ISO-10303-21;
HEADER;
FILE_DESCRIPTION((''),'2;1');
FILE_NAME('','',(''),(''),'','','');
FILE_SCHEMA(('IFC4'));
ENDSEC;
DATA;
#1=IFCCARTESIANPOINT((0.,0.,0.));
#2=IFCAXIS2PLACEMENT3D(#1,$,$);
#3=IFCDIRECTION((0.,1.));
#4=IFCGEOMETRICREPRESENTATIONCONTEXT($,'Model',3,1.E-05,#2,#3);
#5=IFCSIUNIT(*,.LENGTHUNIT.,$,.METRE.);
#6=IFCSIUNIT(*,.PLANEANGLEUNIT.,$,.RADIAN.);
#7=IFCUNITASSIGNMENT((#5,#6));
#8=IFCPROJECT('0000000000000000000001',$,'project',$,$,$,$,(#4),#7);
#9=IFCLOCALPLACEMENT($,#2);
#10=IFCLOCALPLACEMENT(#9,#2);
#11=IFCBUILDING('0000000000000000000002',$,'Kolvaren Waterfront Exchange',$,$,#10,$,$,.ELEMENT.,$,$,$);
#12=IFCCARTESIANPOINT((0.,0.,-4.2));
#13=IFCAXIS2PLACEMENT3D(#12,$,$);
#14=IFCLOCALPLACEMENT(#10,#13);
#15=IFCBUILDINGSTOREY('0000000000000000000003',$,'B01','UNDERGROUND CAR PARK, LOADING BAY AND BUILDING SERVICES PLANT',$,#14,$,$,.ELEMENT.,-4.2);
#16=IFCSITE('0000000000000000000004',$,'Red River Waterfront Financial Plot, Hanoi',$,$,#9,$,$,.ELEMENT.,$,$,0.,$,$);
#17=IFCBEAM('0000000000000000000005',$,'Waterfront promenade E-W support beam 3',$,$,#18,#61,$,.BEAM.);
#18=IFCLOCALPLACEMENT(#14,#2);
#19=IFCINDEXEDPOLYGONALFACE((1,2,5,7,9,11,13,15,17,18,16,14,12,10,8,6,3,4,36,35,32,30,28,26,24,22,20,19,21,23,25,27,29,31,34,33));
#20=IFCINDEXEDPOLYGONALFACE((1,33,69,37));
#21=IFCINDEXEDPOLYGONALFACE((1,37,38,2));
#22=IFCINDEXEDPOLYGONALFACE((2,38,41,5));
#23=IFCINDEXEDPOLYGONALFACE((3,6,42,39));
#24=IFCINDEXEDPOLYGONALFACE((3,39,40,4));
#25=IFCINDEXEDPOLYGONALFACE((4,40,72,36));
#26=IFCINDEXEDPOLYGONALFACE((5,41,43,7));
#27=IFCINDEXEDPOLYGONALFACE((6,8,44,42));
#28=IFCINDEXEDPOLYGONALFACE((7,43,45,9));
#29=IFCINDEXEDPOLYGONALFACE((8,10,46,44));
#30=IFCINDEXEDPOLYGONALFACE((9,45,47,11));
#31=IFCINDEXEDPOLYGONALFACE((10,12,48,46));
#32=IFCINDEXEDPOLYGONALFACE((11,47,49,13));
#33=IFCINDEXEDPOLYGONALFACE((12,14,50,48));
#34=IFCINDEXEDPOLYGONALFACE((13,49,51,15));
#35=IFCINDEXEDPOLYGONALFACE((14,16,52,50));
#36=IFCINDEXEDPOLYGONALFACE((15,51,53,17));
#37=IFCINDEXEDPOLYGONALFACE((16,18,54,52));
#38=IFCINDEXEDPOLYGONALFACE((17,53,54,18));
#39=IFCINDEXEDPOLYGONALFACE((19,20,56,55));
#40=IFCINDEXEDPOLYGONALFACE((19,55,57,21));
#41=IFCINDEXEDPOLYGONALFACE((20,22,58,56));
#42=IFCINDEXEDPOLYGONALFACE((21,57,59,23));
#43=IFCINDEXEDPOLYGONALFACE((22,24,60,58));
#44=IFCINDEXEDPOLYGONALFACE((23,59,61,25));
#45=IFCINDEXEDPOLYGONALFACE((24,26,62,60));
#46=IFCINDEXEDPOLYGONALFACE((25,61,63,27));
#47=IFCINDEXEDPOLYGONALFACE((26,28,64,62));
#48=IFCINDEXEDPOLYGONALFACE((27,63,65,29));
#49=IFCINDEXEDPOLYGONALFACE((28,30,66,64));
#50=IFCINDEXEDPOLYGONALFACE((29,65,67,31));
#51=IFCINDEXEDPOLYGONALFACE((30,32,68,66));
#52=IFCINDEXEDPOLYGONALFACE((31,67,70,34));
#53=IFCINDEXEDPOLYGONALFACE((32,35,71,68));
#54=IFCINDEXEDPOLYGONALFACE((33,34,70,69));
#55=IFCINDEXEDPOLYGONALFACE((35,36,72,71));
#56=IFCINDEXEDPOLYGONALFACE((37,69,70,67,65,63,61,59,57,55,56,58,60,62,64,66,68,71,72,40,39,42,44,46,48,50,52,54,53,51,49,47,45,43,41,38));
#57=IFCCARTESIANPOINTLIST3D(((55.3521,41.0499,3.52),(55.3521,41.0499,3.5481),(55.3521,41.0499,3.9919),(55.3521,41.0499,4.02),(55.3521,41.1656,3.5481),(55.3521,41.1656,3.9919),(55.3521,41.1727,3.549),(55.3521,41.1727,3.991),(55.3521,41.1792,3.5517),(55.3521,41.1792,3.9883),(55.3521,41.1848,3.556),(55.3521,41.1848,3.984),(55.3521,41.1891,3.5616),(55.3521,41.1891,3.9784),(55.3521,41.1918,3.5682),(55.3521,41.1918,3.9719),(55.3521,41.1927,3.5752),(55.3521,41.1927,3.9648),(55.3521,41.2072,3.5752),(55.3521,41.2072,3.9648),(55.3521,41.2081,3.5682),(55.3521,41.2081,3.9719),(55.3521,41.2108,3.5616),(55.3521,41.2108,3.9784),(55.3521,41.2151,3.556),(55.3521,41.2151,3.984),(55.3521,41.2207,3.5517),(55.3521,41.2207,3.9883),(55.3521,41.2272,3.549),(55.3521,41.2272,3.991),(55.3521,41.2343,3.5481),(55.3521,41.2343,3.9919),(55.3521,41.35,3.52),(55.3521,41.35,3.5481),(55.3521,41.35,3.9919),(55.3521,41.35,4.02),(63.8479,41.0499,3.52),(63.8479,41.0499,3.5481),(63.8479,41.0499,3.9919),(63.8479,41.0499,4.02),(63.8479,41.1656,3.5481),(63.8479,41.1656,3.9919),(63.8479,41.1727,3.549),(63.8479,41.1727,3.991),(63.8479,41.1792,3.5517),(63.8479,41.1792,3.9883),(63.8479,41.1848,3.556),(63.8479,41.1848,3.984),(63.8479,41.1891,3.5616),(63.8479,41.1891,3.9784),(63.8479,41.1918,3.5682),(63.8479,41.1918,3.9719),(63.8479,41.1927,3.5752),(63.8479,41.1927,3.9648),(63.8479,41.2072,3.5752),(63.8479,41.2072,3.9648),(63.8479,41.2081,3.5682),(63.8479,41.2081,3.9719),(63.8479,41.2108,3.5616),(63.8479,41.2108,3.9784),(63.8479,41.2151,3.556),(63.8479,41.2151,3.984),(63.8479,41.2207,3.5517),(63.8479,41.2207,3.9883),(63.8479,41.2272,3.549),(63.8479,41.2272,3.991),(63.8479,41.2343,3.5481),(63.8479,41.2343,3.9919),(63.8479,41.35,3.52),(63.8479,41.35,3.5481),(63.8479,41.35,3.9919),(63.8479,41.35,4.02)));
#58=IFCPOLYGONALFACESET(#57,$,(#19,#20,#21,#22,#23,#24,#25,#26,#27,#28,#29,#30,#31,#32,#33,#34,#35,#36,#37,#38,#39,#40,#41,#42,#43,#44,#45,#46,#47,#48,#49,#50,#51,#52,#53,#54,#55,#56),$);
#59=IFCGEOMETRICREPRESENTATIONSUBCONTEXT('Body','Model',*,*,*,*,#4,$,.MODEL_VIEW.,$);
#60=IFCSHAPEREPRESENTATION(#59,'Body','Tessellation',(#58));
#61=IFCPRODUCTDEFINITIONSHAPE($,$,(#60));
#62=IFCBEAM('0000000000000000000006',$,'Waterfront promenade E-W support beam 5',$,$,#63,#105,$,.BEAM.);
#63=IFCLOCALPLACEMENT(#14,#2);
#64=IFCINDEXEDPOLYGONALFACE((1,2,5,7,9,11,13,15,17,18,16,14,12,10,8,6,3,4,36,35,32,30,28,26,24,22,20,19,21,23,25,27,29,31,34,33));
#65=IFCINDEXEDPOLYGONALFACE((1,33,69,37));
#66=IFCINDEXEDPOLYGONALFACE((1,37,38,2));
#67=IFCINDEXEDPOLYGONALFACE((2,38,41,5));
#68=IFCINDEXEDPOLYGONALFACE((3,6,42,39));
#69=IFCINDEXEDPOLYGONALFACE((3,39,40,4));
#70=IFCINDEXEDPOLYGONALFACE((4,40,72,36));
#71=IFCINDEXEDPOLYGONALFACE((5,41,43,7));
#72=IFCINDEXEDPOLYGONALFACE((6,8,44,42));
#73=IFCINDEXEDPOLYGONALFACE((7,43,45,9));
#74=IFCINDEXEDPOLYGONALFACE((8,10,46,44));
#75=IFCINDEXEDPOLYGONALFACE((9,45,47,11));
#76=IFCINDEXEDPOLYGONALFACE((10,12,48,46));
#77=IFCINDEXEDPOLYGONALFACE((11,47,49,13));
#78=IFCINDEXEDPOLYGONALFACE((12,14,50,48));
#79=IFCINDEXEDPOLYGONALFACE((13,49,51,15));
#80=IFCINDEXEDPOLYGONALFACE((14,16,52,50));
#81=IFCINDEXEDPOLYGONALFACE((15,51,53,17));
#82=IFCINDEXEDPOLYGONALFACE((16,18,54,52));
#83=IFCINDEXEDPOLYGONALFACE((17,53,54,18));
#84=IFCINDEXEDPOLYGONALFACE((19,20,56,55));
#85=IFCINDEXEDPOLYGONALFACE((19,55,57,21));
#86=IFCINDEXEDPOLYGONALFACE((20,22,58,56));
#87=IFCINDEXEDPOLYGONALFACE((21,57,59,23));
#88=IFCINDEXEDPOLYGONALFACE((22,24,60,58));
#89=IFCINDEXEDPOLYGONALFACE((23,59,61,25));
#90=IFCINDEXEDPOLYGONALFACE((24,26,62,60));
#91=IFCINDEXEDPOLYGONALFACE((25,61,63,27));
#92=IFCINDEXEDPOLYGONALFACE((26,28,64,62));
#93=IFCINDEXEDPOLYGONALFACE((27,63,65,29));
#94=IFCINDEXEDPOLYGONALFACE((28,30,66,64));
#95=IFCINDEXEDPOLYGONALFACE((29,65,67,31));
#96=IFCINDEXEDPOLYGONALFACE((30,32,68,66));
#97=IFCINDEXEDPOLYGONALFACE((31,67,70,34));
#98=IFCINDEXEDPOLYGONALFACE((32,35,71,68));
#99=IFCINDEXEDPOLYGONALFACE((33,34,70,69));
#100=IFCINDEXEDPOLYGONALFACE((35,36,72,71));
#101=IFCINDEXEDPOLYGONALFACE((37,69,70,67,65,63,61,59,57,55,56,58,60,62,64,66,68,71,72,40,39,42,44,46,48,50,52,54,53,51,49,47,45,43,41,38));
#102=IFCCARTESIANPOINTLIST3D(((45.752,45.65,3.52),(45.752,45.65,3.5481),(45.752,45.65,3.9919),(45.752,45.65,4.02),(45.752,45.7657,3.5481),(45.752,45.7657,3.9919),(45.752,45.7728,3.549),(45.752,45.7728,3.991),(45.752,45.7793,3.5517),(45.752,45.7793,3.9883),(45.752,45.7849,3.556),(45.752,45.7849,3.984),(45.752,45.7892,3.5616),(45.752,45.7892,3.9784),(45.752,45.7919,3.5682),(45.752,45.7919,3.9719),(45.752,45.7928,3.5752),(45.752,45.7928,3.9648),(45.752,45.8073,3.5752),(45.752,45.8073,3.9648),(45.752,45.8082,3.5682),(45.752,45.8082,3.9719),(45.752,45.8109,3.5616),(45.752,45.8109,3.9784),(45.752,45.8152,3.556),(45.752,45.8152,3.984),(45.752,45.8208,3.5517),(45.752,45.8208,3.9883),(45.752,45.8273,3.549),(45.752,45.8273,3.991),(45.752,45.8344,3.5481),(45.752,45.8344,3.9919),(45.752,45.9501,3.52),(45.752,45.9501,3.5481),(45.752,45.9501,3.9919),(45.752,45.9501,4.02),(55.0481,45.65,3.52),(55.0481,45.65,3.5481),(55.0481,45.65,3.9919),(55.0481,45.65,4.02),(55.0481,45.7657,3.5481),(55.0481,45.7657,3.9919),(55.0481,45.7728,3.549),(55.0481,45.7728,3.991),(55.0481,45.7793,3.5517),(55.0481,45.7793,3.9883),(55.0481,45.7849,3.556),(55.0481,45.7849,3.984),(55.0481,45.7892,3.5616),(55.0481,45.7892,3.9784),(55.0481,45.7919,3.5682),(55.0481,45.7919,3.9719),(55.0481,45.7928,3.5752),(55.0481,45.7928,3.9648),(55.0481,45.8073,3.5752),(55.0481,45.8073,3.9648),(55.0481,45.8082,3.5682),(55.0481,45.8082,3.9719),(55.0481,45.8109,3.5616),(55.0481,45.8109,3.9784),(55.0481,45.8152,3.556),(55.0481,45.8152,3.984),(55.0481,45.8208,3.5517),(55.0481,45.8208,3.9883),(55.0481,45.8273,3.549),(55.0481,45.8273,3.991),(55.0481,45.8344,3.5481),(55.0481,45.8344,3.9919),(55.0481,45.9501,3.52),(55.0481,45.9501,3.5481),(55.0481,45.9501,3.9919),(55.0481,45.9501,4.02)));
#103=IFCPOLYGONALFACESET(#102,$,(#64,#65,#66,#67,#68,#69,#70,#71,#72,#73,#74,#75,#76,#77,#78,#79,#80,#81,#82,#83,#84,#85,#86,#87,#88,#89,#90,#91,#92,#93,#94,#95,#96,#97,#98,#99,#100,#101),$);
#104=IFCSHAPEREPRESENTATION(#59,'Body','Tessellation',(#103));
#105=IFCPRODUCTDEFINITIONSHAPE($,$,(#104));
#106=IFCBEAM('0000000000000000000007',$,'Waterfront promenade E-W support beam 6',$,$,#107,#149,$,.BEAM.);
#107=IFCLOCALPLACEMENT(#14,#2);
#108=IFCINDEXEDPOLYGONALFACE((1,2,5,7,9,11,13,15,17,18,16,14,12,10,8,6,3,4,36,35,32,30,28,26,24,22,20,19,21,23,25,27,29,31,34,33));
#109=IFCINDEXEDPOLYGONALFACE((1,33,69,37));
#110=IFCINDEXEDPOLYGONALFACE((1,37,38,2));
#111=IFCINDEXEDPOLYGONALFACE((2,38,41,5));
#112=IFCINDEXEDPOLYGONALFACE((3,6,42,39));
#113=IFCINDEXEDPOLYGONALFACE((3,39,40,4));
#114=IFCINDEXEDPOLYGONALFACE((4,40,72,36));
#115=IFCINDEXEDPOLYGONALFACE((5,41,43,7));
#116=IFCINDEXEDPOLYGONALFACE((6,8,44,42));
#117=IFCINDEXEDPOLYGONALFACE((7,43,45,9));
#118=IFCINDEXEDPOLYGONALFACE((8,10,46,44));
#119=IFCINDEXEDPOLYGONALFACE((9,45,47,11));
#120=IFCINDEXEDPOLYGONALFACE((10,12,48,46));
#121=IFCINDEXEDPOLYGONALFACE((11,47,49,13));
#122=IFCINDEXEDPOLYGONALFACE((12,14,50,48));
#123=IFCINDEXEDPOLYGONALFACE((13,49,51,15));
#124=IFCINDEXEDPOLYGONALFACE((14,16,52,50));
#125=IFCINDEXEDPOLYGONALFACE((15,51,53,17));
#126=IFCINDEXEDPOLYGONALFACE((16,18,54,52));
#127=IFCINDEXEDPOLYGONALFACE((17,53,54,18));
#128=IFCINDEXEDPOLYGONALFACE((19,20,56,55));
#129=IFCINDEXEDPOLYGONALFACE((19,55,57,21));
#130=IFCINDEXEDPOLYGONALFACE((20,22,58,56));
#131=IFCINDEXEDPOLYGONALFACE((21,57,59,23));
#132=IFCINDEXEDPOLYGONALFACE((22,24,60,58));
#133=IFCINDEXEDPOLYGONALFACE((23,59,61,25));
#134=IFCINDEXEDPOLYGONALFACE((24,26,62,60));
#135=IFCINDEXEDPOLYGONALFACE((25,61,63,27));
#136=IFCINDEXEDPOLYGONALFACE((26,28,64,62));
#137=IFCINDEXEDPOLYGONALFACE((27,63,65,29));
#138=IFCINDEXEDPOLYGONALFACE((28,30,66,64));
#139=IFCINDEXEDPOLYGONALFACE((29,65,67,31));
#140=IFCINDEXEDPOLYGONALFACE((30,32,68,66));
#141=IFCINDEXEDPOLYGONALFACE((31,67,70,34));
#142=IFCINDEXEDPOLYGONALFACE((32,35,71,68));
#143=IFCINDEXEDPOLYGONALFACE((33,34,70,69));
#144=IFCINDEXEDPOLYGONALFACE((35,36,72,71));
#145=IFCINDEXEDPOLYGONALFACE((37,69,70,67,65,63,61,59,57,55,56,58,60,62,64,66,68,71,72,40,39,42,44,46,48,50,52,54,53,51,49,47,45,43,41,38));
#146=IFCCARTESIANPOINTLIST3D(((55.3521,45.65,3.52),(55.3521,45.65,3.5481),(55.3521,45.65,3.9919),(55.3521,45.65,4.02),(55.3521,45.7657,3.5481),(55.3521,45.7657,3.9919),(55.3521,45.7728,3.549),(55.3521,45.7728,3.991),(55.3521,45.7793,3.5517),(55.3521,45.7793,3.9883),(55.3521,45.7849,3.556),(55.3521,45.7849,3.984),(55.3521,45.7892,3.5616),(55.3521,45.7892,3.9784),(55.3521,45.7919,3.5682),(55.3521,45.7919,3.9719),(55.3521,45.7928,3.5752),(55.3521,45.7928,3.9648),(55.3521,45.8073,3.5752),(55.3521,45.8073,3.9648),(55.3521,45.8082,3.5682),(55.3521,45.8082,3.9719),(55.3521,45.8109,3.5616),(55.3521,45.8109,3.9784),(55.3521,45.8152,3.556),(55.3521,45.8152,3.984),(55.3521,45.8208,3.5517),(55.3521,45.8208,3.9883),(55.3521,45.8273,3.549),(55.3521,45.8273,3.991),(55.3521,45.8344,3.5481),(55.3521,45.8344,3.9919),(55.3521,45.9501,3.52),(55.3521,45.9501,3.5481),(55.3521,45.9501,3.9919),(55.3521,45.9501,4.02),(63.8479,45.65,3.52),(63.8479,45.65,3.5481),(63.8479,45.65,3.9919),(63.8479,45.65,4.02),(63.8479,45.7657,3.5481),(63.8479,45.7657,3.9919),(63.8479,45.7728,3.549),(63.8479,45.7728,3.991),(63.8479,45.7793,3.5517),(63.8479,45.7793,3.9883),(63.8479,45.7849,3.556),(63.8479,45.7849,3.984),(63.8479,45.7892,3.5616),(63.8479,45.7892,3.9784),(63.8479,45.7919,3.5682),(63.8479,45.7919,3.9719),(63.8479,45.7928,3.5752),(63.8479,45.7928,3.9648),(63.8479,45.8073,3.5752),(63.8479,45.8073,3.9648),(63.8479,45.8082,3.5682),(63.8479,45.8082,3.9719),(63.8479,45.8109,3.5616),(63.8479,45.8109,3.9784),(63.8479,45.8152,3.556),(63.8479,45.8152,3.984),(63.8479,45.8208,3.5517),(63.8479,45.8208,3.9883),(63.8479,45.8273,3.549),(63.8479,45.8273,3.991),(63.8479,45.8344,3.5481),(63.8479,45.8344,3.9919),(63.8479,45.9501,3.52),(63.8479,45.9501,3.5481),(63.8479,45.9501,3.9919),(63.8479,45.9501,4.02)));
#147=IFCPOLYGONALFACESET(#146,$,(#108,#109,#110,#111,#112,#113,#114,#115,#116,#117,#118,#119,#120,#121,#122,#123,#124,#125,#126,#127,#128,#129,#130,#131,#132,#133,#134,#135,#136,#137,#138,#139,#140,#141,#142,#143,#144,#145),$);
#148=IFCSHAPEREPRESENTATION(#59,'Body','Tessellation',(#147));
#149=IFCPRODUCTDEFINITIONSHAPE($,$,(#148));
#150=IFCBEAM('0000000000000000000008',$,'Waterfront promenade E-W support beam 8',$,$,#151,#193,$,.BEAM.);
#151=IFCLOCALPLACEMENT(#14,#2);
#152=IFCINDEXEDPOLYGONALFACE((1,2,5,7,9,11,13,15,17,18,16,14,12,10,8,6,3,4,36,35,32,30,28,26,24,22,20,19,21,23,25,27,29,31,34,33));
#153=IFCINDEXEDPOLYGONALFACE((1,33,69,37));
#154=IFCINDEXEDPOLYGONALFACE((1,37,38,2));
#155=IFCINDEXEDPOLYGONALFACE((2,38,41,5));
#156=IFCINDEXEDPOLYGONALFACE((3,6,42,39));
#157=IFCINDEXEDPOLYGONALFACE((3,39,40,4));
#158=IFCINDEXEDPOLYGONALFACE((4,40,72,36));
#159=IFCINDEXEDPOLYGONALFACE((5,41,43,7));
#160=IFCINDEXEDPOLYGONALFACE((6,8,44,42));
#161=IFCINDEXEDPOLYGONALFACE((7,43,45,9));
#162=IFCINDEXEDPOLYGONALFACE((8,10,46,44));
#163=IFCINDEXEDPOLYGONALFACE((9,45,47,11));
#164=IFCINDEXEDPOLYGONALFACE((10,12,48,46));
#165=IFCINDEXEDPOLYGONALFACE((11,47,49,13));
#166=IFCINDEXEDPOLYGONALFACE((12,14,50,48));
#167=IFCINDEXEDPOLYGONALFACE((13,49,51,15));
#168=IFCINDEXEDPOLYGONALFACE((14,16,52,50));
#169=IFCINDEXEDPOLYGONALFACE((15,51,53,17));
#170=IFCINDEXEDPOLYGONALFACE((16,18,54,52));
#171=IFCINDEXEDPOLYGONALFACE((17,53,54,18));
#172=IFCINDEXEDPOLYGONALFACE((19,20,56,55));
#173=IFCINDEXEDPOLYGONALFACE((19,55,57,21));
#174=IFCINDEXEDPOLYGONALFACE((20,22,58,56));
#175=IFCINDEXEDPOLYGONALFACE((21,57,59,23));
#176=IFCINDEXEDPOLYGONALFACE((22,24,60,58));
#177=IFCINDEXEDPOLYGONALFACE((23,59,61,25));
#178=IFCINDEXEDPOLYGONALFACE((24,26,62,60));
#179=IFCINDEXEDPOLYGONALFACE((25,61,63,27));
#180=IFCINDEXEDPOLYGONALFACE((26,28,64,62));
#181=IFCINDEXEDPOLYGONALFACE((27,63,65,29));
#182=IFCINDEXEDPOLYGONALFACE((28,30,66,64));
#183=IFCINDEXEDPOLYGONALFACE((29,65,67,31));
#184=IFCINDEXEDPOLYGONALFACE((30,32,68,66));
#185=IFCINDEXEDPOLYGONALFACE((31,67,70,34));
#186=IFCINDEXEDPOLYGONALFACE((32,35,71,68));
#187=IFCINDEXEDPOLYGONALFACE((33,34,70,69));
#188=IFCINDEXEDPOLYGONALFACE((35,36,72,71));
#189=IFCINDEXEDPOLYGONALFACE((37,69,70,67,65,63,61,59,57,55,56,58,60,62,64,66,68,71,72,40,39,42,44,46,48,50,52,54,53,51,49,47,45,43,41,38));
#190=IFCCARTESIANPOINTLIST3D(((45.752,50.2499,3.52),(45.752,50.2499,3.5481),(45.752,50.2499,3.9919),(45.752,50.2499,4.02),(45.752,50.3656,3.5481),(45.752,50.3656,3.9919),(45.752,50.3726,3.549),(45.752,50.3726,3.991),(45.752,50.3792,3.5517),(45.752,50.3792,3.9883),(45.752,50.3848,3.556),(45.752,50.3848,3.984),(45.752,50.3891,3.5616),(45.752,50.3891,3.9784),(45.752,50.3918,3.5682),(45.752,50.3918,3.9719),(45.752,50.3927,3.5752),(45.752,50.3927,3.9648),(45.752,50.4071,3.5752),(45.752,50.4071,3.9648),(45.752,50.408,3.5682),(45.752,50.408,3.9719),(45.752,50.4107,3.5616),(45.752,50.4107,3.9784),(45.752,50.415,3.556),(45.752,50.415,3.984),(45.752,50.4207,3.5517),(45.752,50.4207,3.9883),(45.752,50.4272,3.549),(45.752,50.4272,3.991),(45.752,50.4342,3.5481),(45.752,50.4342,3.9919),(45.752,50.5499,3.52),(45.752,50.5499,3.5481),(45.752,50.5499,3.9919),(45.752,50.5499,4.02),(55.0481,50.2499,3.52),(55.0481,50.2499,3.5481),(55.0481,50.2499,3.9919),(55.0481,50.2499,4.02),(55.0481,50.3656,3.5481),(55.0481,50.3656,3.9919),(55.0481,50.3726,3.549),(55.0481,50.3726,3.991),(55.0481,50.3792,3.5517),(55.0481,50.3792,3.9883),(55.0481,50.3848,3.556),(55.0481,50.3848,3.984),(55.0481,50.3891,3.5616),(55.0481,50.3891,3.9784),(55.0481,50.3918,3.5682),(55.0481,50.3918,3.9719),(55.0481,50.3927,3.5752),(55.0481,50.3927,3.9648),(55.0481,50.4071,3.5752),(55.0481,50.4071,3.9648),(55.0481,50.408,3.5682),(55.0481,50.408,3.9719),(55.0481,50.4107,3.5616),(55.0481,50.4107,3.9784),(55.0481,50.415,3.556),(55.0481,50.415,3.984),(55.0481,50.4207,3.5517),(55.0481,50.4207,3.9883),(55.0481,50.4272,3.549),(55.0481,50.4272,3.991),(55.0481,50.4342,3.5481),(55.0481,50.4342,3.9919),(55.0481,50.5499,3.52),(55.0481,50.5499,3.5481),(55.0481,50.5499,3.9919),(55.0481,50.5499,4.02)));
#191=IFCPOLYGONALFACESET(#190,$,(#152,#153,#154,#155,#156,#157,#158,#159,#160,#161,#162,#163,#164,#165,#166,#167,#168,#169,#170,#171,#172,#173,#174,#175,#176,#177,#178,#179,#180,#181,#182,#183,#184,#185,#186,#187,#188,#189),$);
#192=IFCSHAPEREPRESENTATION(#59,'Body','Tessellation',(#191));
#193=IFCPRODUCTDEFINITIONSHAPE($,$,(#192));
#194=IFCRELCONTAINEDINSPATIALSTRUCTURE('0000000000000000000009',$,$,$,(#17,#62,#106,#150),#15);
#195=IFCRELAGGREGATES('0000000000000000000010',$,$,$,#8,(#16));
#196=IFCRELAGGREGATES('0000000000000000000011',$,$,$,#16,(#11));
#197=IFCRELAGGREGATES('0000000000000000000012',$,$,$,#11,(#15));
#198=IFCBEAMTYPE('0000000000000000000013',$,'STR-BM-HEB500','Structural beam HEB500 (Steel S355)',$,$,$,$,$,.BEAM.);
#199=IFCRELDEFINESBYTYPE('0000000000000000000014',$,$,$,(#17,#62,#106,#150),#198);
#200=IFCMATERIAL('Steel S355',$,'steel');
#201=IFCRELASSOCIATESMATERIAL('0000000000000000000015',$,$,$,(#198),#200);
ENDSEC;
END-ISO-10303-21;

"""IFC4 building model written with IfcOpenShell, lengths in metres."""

from ifc_helpers import new_model, si_unit, direction, frame, origin, origin_2d, place, context, subcontext, project, spatial, i_section, extrude, material, material_profile, profile_set, type_object, element, save


model = new_model("IFC4")

# Units and contexts
model_context = context("Model", 3, precision=1e-05, world=origin(), true_north=direction((0.0, 1.0)))
body_context = subcontext(model_context, "Body", "Model", "MODEL_VIEW")
ifc_project = project(units=[si_unit("LENGTHUNIT", "METRE"), si_unit("PLANEANGLEUNIT", "RADIAN")], contexts=[model_context])

# Site, building, storey
site_placement = place(None, origin())
site = spatial("IfcSite", under=ifc_project, at=site_placement, Name="Red River Waterfront Financial Plot, Hanoi", CompositionType="ELEMENT", RefElevation=0.0)
building_placement = place(site_placement, origin())
building = spatial("IfcBuilding", under=site, at=building_placement, Name="Kolvaren Waterfront Exchange", CompositionType="ELEMENT")
storey_placement = place(building_placement, frame((0.0, 0.0, -4.2)))
storey = spatial("IfcBuildingStorey", under=building, at=storey_placement, Name="B01", Description="UNDERGROUND CAR PARK, LOADING BAY AND BUILDING SERVICES PLANT", CompositionType="ELEMENT", Elevation=-4.2)

# Beams
ifc_material_1 = material(Name="Steel S355", Category="steel")
ifc_material_profile_1 = material_profile(ifc_material_1, i_section(OverallWidth=0.3, OverallDepth=0.5, WebThickness=0.0144, FlangeThickness=0.0281, FilletRadius=0.0271, at=origin_2d()), Name="HEB500")
ifc_profile_set_1 = profile_set([ifc_material_profile_1], Name="Steel S355")
beam_type_1 = type_object("IfcBeamType", Name="STR-BM-HEB500", Description="Structural beam HEB500 (Steel S355)", PredefinedType="BEAM", material=ifc_profile_set_1)
beam_1_placement = place(storey_placement, frame((55.3521, 41.2, 3.77), z_axis=(1.0, 0.0, 0.0), x_axis=(0.0, 1.0, 0.0)))
element("IfcBeam", 1, at=beam_1_placement, inside=storey, type_object=beam_type_1, Name="Waterfront promenade E-W support beam 3", PredefinedType="BEAM", context=body_context, shape_type="SweptSolid", body=[
    extrude(i_section(OverallWidth=0.3, OverallDepth=0.5, WebThickness=0.0144, FlangeThickness=0.0281, FilletRadius=0.0271, at=origin_2d()), origin(), (0.0, 0.0, 1.0), 8.4958),
])
beam_2_placement = place(storey_placement, frame((45.752, 45.8, 3.77), z_axis=(1.0, 0.0, 0.0), x_axis=(0.0, 1.0, 0.0)))
element("IfcBeam", 2, at=beam_2_placement, inside=storey, type_object=beam_type_1, Name="Waterfront promenade E-W support beam 5", PredefinedType="BEAM", context=body_context, shape_type="SweptSolid", body=[
    extrude(i_section(OverallWidth=0.3, OverallDepth=0.5, WebThickness=0.0144, FlangeThickness=0.0281, FilletRadius=0.0271, at=origin_2d()), origin(), (0.0, 0.0, 1.0), 9.2961),
])
beam_3_placement = place(storey_placement, frame((55.3521, 45.8, 3.77), z_axis=(1.0, 0.0, 0.0), x_axis=(0.0, 1.0, 0.0)))
element("IfcBeam", 3, at=beam_3_placement, inside=storey, type_object=beam_type_1, Name="Waterfront promenade E-W support beam 6", PredefinedType="BEAM", context=body_context, shape_type="SweptSolid", body=[
    extrude(i_section(OverallWidth=0.3, OverallDepth=0.5, WebThickness=0.0144, FlangeThickness=0.0281, FilletRadius=0.0271, at=origin_2d()), origin(), (0.0, 0.0, 1.0), 8.4958),
])
beam_4_placement = place(storey_placement, frame((45.752, 50.3999, 3.77), z_axis=(1.0, 0.0, 0.0), x_axis=(0.0, 1.0, 0.0)))
element("IfcBeam", 4, at=beam_4_placement, inside=storey, type_object=beam_type_1, Name="Waterfront promenade E-W support beam 8", PredefinedType="BEAM", context=body_context, shape_type="SweptSolid", body=[
    extrude(i_section(OverallWidth=0.3, OverallDepth=0.5, WebThickness=0.0144, FlangeThickness=0.0281, FilletRadius=0.0271, at=origin_2d()), origin(), (0.0, 0.0, 1.0), 9.2961),
])

save(model, "model.ifc")
